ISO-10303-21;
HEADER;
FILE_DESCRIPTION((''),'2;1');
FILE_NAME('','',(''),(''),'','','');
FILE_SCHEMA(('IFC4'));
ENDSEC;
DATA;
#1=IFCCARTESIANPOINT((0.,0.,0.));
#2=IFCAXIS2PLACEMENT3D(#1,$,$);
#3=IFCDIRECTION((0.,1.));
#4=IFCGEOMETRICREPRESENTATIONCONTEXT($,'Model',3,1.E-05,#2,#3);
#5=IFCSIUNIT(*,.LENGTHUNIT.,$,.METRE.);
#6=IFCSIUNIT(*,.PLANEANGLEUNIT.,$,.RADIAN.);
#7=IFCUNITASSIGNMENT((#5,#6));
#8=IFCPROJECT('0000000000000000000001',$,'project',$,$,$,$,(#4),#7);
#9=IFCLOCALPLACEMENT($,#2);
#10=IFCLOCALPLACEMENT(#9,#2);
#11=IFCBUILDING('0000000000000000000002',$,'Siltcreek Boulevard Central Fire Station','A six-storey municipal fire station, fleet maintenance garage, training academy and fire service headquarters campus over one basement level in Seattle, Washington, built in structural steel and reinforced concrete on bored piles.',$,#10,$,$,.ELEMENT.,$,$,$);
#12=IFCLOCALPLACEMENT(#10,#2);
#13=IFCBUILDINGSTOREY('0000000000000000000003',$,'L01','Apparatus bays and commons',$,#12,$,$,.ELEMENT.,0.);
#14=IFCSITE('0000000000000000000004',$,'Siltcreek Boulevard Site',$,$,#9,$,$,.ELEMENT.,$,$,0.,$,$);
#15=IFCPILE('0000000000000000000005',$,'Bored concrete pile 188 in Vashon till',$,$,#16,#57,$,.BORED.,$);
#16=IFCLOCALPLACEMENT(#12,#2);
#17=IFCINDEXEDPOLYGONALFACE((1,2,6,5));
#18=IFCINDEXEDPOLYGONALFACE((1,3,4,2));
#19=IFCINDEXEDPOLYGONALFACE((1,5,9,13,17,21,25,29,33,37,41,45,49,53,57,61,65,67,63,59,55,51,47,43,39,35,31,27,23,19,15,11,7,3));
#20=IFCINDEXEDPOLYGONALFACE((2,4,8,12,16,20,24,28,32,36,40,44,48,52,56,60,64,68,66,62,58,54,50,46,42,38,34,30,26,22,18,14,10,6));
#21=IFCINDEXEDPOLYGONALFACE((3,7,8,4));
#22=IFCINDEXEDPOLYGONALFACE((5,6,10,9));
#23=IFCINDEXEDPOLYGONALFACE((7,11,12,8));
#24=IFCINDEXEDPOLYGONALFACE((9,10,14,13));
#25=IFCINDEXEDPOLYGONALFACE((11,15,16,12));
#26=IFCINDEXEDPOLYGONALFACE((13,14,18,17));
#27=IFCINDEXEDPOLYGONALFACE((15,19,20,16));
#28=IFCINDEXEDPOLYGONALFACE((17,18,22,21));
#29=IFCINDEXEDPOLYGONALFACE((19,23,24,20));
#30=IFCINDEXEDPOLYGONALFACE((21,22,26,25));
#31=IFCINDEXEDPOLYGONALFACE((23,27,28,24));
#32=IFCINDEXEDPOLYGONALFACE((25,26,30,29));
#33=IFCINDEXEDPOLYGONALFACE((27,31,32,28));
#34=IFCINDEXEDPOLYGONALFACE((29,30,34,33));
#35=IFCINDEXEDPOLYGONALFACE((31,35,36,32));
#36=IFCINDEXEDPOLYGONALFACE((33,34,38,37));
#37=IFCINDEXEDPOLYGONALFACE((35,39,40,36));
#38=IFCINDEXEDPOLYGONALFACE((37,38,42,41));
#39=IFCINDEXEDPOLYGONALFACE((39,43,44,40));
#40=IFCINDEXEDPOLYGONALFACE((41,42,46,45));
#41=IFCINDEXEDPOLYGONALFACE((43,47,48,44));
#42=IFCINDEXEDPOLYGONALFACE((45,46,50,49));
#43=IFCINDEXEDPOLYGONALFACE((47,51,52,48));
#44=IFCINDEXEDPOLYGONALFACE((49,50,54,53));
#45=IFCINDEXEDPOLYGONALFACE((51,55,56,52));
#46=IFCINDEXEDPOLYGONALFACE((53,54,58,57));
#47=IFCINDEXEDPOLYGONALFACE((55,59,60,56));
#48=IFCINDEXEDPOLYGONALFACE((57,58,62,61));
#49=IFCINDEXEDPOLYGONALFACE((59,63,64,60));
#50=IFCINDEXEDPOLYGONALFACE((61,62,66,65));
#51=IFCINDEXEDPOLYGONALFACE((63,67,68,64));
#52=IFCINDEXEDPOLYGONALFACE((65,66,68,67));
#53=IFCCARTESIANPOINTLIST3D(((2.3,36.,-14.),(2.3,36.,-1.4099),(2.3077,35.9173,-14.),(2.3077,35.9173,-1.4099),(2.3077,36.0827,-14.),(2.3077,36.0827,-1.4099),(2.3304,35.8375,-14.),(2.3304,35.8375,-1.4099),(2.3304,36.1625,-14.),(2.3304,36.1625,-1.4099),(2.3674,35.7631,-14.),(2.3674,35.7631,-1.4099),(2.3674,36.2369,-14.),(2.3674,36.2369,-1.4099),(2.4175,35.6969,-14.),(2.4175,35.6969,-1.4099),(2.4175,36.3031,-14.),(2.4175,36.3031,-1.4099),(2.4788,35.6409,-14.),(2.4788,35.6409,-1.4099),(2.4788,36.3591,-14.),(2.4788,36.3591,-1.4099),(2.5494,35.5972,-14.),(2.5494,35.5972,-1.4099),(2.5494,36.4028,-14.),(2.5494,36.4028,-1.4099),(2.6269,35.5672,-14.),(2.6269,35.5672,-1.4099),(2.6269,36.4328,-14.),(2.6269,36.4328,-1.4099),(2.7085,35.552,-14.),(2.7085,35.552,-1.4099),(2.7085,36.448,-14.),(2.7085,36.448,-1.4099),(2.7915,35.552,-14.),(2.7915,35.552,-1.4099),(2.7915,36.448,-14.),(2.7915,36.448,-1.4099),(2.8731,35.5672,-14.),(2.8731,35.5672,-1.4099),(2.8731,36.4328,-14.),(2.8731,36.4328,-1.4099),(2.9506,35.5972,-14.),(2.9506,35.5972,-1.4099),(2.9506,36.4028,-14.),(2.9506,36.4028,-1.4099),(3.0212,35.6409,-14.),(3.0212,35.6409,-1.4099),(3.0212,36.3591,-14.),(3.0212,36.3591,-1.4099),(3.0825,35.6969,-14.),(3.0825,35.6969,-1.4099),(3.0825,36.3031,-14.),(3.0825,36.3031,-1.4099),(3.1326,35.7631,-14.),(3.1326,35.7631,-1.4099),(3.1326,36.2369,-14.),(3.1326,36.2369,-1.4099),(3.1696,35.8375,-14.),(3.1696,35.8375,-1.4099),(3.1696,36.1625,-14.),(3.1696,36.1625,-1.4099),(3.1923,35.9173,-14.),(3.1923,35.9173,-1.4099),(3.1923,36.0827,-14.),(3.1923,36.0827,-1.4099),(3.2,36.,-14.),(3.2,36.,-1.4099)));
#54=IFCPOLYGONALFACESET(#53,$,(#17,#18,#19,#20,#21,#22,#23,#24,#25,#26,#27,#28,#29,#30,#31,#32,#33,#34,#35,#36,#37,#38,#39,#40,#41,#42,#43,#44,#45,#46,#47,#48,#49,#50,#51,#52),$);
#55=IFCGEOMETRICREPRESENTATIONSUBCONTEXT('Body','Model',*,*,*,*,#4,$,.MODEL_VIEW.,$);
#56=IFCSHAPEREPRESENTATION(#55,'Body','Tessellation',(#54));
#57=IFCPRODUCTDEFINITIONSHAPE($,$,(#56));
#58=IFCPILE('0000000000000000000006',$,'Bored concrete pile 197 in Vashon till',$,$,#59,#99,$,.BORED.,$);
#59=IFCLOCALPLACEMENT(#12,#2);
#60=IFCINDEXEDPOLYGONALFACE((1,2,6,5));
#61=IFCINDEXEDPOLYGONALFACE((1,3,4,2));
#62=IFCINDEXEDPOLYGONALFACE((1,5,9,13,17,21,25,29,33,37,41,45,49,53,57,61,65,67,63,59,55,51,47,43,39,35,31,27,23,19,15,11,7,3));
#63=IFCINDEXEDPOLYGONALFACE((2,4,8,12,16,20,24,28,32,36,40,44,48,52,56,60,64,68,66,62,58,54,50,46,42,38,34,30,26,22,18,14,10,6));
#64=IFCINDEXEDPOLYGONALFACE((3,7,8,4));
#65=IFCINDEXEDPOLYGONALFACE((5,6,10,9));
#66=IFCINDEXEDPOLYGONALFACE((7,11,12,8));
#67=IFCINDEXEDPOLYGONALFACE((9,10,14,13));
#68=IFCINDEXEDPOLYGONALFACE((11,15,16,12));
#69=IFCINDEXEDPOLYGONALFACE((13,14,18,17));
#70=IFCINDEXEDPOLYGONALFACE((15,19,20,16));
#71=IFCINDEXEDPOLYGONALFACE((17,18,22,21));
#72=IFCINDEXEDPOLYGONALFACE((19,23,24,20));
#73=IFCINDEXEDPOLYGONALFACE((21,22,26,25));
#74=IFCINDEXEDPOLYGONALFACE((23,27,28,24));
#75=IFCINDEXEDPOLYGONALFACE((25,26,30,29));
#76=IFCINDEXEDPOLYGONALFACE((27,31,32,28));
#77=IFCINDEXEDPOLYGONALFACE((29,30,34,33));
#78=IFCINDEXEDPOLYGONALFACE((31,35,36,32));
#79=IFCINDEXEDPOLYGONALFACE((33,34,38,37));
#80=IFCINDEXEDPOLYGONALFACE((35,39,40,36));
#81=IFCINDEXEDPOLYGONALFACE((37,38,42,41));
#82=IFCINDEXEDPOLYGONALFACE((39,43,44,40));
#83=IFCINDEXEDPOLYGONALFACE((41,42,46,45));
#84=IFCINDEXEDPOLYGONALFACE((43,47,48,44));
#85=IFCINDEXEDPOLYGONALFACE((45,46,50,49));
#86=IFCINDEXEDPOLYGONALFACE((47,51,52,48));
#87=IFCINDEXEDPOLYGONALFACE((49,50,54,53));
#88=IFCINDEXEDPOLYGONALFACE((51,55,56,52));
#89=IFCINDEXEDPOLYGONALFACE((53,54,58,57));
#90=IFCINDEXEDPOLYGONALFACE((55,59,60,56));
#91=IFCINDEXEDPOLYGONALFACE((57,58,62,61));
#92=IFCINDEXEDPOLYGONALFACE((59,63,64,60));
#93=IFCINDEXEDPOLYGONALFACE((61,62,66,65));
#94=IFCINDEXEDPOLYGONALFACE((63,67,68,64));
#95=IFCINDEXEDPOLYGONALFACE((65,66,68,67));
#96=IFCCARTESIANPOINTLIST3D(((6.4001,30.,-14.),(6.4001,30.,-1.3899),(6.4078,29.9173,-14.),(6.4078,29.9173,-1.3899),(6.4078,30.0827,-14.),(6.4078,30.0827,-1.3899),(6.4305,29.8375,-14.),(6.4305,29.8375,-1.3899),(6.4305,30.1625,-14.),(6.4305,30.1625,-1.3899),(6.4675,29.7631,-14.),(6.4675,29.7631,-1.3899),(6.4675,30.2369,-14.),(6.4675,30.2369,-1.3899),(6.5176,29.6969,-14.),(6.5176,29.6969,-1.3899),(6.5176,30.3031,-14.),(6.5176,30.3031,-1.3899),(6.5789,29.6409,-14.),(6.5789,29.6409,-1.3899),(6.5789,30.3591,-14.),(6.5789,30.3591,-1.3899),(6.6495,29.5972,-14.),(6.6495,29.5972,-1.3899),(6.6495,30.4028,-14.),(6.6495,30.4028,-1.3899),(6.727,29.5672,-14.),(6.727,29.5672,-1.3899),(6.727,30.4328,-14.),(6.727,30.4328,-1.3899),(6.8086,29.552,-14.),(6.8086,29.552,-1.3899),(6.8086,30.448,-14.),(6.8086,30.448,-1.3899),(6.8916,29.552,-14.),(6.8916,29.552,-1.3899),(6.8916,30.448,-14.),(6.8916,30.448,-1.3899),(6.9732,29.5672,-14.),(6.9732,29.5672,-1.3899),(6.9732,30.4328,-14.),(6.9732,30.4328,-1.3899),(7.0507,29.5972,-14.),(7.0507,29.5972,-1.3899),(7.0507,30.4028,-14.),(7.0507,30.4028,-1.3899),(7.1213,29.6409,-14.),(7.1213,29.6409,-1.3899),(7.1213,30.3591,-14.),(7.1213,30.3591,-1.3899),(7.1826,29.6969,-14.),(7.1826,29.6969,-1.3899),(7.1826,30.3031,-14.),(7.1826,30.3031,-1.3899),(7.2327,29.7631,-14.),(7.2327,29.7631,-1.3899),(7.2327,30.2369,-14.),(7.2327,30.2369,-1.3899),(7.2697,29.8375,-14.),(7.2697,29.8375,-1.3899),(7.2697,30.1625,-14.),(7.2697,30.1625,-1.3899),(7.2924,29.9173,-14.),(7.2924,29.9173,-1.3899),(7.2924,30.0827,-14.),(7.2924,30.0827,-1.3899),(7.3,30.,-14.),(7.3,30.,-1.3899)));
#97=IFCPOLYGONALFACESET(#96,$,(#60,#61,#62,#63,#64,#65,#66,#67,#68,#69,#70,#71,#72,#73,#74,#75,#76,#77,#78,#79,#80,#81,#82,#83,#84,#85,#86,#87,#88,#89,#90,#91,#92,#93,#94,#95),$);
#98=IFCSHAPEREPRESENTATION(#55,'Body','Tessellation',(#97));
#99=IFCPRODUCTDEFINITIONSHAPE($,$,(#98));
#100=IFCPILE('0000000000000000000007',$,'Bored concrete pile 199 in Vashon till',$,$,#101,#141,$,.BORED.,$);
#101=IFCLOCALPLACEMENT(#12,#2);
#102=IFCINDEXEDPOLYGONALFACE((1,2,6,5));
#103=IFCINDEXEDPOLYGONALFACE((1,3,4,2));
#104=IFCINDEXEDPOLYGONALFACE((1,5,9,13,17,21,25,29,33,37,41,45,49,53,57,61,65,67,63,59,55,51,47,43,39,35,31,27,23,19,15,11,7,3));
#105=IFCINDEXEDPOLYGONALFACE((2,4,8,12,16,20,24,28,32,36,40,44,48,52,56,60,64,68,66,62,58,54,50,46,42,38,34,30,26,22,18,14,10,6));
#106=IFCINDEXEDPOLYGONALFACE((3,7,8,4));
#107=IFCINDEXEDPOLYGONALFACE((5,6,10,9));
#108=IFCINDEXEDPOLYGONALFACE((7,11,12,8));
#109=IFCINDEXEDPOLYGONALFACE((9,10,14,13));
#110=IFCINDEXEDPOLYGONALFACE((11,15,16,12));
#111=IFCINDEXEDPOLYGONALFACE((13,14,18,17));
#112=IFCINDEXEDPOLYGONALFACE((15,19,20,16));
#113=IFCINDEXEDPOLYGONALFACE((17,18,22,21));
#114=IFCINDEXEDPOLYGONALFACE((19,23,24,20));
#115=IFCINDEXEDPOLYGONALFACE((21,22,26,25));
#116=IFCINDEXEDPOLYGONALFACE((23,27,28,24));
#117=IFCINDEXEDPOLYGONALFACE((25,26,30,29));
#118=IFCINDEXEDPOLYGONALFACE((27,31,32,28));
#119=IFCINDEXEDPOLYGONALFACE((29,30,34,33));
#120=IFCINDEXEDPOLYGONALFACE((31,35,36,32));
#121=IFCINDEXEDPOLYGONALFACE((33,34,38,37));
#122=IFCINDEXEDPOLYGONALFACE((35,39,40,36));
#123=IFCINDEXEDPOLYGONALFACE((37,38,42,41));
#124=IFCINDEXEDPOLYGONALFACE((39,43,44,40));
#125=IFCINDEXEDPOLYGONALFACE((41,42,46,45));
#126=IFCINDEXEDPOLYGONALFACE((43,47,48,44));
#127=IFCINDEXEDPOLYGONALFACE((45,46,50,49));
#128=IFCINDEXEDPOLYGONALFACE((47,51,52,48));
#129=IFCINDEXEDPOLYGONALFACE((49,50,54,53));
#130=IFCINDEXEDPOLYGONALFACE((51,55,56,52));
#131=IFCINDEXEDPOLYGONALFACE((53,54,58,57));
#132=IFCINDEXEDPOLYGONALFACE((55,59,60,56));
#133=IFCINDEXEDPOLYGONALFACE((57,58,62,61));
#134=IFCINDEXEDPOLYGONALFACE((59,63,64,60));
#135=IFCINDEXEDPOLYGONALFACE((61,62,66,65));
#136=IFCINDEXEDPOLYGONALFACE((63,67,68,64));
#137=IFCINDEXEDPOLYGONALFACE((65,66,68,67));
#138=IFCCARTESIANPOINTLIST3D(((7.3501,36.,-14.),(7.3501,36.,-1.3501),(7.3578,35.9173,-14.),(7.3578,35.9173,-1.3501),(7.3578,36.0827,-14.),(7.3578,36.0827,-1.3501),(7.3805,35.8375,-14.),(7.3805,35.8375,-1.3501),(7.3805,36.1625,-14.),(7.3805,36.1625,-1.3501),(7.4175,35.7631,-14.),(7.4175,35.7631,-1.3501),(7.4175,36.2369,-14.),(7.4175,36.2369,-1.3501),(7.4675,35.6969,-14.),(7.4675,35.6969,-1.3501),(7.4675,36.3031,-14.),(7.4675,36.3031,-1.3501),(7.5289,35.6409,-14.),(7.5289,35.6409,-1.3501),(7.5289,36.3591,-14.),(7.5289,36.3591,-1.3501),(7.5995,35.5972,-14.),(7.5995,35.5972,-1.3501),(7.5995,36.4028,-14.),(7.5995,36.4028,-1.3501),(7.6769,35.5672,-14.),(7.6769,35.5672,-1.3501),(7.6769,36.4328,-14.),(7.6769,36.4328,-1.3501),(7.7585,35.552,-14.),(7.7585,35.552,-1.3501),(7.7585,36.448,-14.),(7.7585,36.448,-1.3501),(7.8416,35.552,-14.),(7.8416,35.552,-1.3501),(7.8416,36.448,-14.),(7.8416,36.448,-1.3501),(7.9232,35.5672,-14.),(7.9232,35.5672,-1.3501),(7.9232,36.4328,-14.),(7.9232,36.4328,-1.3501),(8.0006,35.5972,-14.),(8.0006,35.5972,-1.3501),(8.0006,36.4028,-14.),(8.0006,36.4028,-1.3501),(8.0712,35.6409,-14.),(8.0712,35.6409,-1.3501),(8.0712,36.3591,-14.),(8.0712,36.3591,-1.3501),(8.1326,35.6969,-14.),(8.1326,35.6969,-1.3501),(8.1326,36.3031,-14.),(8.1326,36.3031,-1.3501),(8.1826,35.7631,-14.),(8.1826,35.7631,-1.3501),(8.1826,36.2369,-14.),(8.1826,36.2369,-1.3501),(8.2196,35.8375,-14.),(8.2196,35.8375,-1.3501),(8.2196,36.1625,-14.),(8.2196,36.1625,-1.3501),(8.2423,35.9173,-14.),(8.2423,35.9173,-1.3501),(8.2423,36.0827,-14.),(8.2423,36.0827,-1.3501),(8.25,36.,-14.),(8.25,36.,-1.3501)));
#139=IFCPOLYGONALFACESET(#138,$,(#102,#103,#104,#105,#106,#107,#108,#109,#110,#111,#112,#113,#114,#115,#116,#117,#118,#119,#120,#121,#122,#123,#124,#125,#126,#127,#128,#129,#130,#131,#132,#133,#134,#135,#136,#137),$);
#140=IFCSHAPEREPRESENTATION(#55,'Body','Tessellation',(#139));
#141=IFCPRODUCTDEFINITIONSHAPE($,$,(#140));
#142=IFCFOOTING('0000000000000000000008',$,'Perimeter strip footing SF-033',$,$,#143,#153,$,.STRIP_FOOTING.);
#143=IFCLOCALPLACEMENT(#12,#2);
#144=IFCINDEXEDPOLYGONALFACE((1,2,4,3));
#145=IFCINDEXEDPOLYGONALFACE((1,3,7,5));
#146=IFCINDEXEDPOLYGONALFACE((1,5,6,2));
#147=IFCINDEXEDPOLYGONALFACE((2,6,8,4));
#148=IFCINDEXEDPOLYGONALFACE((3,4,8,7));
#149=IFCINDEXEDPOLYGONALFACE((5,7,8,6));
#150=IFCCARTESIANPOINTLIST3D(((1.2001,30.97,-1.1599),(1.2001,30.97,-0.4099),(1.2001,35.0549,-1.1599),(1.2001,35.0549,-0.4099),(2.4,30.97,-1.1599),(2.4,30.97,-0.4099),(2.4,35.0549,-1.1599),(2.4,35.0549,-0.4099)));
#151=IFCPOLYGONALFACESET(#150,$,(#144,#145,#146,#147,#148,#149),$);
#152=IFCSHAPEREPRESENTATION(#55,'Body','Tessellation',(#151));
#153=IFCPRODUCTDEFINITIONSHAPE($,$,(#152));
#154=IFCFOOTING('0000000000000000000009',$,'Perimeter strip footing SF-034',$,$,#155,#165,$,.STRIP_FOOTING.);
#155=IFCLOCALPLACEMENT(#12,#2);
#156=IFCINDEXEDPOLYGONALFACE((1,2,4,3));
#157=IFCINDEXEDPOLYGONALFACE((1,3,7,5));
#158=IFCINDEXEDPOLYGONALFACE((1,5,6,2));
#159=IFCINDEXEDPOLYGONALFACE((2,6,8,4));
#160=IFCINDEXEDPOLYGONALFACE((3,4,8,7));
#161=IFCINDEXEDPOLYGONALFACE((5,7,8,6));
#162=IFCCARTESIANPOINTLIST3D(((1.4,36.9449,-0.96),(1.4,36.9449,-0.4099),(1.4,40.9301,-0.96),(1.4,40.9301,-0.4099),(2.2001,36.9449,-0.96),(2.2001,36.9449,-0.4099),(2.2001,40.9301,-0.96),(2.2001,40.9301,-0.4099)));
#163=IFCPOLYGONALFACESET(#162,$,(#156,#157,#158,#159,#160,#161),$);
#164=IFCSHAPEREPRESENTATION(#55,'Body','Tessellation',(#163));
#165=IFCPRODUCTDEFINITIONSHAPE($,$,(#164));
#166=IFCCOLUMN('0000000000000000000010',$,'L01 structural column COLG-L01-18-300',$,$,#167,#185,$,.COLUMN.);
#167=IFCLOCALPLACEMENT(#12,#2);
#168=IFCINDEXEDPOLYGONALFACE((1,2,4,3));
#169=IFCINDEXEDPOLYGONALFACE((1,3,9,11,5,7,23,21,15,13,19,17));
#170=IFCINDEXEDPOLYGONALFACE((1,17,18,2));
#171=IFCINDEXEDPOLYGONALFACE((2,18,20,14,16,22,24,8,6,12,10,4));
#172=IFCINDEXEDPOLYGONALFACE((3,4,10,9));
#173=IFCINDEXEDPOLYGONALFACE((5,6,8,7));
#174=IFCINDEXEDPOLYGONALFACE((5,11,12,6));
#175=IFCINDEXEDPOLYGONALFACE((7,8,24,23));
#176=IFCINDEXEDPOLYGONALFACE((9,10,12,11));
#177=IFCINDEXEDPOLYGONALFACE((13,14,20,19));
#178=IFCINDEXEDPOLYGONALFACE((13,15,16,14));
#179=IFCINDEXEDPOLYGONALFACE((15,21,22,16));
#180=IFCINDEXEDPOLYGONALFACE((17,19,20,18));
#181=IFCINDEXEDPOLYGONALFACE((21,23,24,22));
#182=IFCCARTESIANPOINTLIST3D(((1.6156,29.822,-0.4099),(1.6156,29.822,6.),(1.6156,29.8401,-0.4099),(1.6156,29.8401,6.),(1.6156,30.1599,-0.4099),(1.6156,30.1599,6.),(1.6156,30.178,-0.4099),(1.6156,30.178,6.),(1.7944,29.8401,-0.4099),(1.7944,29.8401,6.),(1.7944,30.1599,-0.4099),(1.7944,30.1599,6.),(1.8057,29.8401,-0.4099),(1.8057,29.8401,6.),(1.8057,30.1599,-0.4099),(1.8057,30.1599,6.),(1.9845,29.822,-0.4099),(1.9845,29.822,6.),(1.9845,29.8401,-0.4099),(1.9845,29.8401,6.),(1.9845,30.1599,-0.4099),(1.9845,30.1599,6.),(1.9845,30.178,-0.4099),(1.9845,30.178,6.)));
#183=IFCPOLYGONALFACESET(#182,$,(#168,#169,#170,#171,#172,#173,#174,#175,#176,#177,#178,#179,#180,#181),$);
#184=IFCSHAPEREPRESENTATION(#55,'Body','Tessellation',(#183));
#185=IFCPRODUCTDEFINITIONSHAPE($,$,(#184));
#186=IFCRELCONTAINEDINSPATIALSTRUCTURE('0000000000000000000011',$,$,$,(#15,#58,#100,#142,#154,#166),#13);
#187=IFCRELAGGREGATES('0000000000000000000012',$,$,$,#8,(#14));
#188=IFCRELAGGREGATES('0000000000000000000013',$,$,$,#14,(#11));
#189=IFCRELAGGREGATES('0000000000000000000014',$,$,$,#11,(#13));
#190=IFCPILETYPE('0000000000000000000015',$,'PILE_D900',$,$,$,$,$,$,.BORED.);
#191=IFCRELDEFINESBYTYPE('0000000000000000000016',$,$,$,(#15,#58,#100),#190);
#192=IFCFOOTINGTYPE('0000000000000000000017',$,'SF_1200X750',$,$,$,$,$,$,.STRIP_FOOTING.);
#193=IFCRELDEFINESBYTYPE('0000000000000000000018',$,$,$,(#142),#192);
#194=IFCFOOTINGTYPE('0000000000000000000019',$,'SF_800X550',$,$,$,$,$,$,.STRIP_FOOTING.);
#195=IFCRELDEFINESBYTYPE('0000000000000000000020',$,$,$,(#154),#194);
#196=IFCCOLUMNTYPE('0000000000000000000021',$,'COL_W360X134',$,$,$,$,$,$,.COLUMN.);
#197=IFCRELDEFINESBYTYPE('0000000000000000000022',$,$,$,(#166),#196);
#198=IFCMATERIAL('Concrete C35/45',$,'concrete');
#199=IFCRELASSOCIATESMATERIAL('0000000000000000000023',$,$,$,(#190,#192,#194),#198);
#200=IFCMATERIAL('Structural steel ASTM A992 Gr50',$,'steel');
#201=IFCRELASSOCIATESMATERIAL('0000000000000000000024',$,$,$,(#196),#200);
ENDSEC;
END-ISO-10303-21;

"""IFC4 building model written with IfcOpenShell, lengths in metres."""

from ifc_helpers import new_model, si_unit, direction, frame, origin, origin_2d, place, context, subcontext, project, spatial, rectangle, circle, i_section, extrude, material, material_profile, profile_set, type_object, element, save


model = new_model("IFC4")

# Units and contexts
model_context = context("Model", 3, precision=1e-05, world=origin(), true_north=direction((0.0, 1.0)))
body_context = subcontext(model_context, "Body", "Model", "MODEL_VIEW")
ifc_project = project(units=[si_unit("LENGTHUNIT", "METRE"), si_unit("PLANEANGLEUNIT", "RADIAN")], contexts=[model_context])

# Site, building, storey
site_placement = place(None, origin())
site = spatial("IfcSite", under=ifc_project, at=site_placement, Name="Siltcreek Boulevard Site", CompositionType="ELEMENT", RefElevation=0.0)
building_placement = place(site_placement, origin())
building = spatial("IfcBuilding", under=site, at=building_placement, Name="Siltcreek Boulevard Central Fire Station", Description="A six-storey municipal fire station, fleet maintenance garage, training academy and fire service headquarters campus over one basement level in Seattle, Washington, built in structural steel and reinforced concrete on bored piles.", CompositionType="ELEMENT")
storey_placement = place(building_placement, origin())
storey = spatial("IfcBuildingStorey", under=building, at=storey_placement, Name="L01", Description="Apparatus bays and commons", CompositionType="ELEMENT", Elevation=0.0)

# Shared definitions
ifc_material_1 = material(Name="Concrete C35/45", Category="concrete")

# Piles
ifc_material_profile_1 = material_profile(ifc_material_1, circle(Radius=0.45, at=origin_2d()), Name="SHAFT900")
ifc_profile_set_1 = profile_set([ifc_material_profile_1], Name="Concrete C35/45")
pile_type = type_object("IfcPileType", Name="PILE_D900", PredefinedType="BORED", material=ifc_profile_set_1)
for number, where, z_axis, x_axis, name in (
    (1, (2.75, 36.0, -1.4099), (0.0, 0.0, -1.0), (1.0, 0.0, 0.0), "Bored concrete pile 188 in Vashon till"),
):
    element("IfcPile", number, at=place(storey_placement, frame(where, z_axis=z_axis, x_axis=x_axis)), inside=storey, type_object=pile_type, Name=name, PredefinedType="BORED", context=body_context, shape_type="SweptSolid", body=[
        extrude(circle(Radius=0.45, at=origin_2d()), origin(), (0.0, 0.0, 1.0), 12.5901),
    ])
pile_1_placement = place(storey_placement, frame((6.8501, 30.0, -1.3899), z_axis=(0.0, 0.0, -1.0), x_axis=(1.0, 0.0, 0.0)))
element("IfcPile", 2, at=pile_1_placement, inside=storey, type_object=pile_type, Name="Bored concrete pile 197 in Vashon till", PredefinedType="BORED", context=body_context, shape_type="SweptSolid", body=[
    extrude(circle(Radius=0.45, at=origin_2d()), origin(), (0.0, 0.0, 1.0), 12.6101),
])
pile_2_placement = place(storey_placement, frame((7.8, 36.0, -1.3501), z_axis=(0.0, 0.0, -1.0), x_axis=(1.0, 0.0, 0.0)))
element("IfcPile", 3, at=pile_2_placement, inside=storey, type_object=pile_type, Name="Bored concrete pile 199 in Vashon till", PredefinedType="BORED", context=body_context, shape_type="SweptSolid", body=[
    extrude(circle(Radius=0.45, at=origin_2d()), origin(), (0.0, 0.0, 1.0), 12.6499),
])

# Footings
footing_type_1 = type_object("IfcFootingType", Name="SF_1200X750", PredefinedType="STRIP_FOOTING", material=ifc_material_1)
footing_1_placement = place(storey_placement, frame((1.8, 33.0125, -1.1599), z_axis=(0.0, 0.0, 1.0), x_axis=(1.0, 0.0, 0.0)))
element("IfcFooting", 4, at=footing_1_placement, inside=storey, type_object=footing_type_1, Name="Perimeter strip footing SF-033", PredefinedType="STRIP_FOOTING", context=body_context, shape_type="SweptSolid", body=[
    extrude(rectangle(XDim=1.2, YDim=4.085, at=origin_2d()), origin(), (0.0, 0.0, 1.0), 0.75),
])
footing_type_2 = type_object("IfcFootingType", Name="SF_800X550", PredefinedType="STRIP_FOOTING", material=ifc_material_1)
footing_2_placement = place(storey_placement, frame((1.8, 38.9375, -0.96), z_axis=(0.0, 0.0, 1.0), x_axis=(1.0, 0.0, 0.0)))
element("IfcFooting", 5, at=footing_2_placement, inside=storey, type_object=footing_type_2, Name="Perimeter strip footing SF-034", PredefinedType="STRIP_FOOTING", context=body_context, shape_type="SweptSolid", body=[
    extrude(rectangle(XDim=0.8, YDim=3.9851, at=origin_2d()), origin(), (0.0, 0.0, 1.0), 0.55),
])

# Column
ifc_material_2 = material(Name="Structural steel ASTM A992 Gr50", Category="steel")
ifc_material_profile_2 = material_profile(ifc_material_2, i_section(OverallWidth=0.3689, OverallDepth=0.356, WebThickness=0.0112, FlangeThickness=0.0181, at=origin_2d()), Name="W360X134")
ifc_profile_set_2 = profile_set([ifc_material_profile_2], Name="Structural steel ASTM A992 Gr50")
column_type = type_object("IfcColumnType", Name="COL_W360X134", PredefinedType="COLUMN", material=ifc_profile_set_2)
for number, where, z_axis, x_axis, name in (
    (6, (1.8, 30.0, -0.4099), (0.0, 0.0, 1.0), (1.0, 0.0, 0.0), "L01 structural column COLG-L01-18-300"),
):
    element("IfcColumn", number, at=place(storey_placement, frame(where, z_axis=z_axis, x_axis=x_axis)), inside=storey, type_object=column_type, Name=name, PredefinedType="COLUMN", context=body_context, shape_type="SweptSolid", body=[
        extrude(i_section(OverallWidth=0.3689, OverallDepth=0.356, WebThickness=0.0112, FlangeThickness=0.0181, at=origin_2d()), origin(), (0.0, 0.0, 1.0), 6.4099),
    ])

save(model, "model.ifc")
